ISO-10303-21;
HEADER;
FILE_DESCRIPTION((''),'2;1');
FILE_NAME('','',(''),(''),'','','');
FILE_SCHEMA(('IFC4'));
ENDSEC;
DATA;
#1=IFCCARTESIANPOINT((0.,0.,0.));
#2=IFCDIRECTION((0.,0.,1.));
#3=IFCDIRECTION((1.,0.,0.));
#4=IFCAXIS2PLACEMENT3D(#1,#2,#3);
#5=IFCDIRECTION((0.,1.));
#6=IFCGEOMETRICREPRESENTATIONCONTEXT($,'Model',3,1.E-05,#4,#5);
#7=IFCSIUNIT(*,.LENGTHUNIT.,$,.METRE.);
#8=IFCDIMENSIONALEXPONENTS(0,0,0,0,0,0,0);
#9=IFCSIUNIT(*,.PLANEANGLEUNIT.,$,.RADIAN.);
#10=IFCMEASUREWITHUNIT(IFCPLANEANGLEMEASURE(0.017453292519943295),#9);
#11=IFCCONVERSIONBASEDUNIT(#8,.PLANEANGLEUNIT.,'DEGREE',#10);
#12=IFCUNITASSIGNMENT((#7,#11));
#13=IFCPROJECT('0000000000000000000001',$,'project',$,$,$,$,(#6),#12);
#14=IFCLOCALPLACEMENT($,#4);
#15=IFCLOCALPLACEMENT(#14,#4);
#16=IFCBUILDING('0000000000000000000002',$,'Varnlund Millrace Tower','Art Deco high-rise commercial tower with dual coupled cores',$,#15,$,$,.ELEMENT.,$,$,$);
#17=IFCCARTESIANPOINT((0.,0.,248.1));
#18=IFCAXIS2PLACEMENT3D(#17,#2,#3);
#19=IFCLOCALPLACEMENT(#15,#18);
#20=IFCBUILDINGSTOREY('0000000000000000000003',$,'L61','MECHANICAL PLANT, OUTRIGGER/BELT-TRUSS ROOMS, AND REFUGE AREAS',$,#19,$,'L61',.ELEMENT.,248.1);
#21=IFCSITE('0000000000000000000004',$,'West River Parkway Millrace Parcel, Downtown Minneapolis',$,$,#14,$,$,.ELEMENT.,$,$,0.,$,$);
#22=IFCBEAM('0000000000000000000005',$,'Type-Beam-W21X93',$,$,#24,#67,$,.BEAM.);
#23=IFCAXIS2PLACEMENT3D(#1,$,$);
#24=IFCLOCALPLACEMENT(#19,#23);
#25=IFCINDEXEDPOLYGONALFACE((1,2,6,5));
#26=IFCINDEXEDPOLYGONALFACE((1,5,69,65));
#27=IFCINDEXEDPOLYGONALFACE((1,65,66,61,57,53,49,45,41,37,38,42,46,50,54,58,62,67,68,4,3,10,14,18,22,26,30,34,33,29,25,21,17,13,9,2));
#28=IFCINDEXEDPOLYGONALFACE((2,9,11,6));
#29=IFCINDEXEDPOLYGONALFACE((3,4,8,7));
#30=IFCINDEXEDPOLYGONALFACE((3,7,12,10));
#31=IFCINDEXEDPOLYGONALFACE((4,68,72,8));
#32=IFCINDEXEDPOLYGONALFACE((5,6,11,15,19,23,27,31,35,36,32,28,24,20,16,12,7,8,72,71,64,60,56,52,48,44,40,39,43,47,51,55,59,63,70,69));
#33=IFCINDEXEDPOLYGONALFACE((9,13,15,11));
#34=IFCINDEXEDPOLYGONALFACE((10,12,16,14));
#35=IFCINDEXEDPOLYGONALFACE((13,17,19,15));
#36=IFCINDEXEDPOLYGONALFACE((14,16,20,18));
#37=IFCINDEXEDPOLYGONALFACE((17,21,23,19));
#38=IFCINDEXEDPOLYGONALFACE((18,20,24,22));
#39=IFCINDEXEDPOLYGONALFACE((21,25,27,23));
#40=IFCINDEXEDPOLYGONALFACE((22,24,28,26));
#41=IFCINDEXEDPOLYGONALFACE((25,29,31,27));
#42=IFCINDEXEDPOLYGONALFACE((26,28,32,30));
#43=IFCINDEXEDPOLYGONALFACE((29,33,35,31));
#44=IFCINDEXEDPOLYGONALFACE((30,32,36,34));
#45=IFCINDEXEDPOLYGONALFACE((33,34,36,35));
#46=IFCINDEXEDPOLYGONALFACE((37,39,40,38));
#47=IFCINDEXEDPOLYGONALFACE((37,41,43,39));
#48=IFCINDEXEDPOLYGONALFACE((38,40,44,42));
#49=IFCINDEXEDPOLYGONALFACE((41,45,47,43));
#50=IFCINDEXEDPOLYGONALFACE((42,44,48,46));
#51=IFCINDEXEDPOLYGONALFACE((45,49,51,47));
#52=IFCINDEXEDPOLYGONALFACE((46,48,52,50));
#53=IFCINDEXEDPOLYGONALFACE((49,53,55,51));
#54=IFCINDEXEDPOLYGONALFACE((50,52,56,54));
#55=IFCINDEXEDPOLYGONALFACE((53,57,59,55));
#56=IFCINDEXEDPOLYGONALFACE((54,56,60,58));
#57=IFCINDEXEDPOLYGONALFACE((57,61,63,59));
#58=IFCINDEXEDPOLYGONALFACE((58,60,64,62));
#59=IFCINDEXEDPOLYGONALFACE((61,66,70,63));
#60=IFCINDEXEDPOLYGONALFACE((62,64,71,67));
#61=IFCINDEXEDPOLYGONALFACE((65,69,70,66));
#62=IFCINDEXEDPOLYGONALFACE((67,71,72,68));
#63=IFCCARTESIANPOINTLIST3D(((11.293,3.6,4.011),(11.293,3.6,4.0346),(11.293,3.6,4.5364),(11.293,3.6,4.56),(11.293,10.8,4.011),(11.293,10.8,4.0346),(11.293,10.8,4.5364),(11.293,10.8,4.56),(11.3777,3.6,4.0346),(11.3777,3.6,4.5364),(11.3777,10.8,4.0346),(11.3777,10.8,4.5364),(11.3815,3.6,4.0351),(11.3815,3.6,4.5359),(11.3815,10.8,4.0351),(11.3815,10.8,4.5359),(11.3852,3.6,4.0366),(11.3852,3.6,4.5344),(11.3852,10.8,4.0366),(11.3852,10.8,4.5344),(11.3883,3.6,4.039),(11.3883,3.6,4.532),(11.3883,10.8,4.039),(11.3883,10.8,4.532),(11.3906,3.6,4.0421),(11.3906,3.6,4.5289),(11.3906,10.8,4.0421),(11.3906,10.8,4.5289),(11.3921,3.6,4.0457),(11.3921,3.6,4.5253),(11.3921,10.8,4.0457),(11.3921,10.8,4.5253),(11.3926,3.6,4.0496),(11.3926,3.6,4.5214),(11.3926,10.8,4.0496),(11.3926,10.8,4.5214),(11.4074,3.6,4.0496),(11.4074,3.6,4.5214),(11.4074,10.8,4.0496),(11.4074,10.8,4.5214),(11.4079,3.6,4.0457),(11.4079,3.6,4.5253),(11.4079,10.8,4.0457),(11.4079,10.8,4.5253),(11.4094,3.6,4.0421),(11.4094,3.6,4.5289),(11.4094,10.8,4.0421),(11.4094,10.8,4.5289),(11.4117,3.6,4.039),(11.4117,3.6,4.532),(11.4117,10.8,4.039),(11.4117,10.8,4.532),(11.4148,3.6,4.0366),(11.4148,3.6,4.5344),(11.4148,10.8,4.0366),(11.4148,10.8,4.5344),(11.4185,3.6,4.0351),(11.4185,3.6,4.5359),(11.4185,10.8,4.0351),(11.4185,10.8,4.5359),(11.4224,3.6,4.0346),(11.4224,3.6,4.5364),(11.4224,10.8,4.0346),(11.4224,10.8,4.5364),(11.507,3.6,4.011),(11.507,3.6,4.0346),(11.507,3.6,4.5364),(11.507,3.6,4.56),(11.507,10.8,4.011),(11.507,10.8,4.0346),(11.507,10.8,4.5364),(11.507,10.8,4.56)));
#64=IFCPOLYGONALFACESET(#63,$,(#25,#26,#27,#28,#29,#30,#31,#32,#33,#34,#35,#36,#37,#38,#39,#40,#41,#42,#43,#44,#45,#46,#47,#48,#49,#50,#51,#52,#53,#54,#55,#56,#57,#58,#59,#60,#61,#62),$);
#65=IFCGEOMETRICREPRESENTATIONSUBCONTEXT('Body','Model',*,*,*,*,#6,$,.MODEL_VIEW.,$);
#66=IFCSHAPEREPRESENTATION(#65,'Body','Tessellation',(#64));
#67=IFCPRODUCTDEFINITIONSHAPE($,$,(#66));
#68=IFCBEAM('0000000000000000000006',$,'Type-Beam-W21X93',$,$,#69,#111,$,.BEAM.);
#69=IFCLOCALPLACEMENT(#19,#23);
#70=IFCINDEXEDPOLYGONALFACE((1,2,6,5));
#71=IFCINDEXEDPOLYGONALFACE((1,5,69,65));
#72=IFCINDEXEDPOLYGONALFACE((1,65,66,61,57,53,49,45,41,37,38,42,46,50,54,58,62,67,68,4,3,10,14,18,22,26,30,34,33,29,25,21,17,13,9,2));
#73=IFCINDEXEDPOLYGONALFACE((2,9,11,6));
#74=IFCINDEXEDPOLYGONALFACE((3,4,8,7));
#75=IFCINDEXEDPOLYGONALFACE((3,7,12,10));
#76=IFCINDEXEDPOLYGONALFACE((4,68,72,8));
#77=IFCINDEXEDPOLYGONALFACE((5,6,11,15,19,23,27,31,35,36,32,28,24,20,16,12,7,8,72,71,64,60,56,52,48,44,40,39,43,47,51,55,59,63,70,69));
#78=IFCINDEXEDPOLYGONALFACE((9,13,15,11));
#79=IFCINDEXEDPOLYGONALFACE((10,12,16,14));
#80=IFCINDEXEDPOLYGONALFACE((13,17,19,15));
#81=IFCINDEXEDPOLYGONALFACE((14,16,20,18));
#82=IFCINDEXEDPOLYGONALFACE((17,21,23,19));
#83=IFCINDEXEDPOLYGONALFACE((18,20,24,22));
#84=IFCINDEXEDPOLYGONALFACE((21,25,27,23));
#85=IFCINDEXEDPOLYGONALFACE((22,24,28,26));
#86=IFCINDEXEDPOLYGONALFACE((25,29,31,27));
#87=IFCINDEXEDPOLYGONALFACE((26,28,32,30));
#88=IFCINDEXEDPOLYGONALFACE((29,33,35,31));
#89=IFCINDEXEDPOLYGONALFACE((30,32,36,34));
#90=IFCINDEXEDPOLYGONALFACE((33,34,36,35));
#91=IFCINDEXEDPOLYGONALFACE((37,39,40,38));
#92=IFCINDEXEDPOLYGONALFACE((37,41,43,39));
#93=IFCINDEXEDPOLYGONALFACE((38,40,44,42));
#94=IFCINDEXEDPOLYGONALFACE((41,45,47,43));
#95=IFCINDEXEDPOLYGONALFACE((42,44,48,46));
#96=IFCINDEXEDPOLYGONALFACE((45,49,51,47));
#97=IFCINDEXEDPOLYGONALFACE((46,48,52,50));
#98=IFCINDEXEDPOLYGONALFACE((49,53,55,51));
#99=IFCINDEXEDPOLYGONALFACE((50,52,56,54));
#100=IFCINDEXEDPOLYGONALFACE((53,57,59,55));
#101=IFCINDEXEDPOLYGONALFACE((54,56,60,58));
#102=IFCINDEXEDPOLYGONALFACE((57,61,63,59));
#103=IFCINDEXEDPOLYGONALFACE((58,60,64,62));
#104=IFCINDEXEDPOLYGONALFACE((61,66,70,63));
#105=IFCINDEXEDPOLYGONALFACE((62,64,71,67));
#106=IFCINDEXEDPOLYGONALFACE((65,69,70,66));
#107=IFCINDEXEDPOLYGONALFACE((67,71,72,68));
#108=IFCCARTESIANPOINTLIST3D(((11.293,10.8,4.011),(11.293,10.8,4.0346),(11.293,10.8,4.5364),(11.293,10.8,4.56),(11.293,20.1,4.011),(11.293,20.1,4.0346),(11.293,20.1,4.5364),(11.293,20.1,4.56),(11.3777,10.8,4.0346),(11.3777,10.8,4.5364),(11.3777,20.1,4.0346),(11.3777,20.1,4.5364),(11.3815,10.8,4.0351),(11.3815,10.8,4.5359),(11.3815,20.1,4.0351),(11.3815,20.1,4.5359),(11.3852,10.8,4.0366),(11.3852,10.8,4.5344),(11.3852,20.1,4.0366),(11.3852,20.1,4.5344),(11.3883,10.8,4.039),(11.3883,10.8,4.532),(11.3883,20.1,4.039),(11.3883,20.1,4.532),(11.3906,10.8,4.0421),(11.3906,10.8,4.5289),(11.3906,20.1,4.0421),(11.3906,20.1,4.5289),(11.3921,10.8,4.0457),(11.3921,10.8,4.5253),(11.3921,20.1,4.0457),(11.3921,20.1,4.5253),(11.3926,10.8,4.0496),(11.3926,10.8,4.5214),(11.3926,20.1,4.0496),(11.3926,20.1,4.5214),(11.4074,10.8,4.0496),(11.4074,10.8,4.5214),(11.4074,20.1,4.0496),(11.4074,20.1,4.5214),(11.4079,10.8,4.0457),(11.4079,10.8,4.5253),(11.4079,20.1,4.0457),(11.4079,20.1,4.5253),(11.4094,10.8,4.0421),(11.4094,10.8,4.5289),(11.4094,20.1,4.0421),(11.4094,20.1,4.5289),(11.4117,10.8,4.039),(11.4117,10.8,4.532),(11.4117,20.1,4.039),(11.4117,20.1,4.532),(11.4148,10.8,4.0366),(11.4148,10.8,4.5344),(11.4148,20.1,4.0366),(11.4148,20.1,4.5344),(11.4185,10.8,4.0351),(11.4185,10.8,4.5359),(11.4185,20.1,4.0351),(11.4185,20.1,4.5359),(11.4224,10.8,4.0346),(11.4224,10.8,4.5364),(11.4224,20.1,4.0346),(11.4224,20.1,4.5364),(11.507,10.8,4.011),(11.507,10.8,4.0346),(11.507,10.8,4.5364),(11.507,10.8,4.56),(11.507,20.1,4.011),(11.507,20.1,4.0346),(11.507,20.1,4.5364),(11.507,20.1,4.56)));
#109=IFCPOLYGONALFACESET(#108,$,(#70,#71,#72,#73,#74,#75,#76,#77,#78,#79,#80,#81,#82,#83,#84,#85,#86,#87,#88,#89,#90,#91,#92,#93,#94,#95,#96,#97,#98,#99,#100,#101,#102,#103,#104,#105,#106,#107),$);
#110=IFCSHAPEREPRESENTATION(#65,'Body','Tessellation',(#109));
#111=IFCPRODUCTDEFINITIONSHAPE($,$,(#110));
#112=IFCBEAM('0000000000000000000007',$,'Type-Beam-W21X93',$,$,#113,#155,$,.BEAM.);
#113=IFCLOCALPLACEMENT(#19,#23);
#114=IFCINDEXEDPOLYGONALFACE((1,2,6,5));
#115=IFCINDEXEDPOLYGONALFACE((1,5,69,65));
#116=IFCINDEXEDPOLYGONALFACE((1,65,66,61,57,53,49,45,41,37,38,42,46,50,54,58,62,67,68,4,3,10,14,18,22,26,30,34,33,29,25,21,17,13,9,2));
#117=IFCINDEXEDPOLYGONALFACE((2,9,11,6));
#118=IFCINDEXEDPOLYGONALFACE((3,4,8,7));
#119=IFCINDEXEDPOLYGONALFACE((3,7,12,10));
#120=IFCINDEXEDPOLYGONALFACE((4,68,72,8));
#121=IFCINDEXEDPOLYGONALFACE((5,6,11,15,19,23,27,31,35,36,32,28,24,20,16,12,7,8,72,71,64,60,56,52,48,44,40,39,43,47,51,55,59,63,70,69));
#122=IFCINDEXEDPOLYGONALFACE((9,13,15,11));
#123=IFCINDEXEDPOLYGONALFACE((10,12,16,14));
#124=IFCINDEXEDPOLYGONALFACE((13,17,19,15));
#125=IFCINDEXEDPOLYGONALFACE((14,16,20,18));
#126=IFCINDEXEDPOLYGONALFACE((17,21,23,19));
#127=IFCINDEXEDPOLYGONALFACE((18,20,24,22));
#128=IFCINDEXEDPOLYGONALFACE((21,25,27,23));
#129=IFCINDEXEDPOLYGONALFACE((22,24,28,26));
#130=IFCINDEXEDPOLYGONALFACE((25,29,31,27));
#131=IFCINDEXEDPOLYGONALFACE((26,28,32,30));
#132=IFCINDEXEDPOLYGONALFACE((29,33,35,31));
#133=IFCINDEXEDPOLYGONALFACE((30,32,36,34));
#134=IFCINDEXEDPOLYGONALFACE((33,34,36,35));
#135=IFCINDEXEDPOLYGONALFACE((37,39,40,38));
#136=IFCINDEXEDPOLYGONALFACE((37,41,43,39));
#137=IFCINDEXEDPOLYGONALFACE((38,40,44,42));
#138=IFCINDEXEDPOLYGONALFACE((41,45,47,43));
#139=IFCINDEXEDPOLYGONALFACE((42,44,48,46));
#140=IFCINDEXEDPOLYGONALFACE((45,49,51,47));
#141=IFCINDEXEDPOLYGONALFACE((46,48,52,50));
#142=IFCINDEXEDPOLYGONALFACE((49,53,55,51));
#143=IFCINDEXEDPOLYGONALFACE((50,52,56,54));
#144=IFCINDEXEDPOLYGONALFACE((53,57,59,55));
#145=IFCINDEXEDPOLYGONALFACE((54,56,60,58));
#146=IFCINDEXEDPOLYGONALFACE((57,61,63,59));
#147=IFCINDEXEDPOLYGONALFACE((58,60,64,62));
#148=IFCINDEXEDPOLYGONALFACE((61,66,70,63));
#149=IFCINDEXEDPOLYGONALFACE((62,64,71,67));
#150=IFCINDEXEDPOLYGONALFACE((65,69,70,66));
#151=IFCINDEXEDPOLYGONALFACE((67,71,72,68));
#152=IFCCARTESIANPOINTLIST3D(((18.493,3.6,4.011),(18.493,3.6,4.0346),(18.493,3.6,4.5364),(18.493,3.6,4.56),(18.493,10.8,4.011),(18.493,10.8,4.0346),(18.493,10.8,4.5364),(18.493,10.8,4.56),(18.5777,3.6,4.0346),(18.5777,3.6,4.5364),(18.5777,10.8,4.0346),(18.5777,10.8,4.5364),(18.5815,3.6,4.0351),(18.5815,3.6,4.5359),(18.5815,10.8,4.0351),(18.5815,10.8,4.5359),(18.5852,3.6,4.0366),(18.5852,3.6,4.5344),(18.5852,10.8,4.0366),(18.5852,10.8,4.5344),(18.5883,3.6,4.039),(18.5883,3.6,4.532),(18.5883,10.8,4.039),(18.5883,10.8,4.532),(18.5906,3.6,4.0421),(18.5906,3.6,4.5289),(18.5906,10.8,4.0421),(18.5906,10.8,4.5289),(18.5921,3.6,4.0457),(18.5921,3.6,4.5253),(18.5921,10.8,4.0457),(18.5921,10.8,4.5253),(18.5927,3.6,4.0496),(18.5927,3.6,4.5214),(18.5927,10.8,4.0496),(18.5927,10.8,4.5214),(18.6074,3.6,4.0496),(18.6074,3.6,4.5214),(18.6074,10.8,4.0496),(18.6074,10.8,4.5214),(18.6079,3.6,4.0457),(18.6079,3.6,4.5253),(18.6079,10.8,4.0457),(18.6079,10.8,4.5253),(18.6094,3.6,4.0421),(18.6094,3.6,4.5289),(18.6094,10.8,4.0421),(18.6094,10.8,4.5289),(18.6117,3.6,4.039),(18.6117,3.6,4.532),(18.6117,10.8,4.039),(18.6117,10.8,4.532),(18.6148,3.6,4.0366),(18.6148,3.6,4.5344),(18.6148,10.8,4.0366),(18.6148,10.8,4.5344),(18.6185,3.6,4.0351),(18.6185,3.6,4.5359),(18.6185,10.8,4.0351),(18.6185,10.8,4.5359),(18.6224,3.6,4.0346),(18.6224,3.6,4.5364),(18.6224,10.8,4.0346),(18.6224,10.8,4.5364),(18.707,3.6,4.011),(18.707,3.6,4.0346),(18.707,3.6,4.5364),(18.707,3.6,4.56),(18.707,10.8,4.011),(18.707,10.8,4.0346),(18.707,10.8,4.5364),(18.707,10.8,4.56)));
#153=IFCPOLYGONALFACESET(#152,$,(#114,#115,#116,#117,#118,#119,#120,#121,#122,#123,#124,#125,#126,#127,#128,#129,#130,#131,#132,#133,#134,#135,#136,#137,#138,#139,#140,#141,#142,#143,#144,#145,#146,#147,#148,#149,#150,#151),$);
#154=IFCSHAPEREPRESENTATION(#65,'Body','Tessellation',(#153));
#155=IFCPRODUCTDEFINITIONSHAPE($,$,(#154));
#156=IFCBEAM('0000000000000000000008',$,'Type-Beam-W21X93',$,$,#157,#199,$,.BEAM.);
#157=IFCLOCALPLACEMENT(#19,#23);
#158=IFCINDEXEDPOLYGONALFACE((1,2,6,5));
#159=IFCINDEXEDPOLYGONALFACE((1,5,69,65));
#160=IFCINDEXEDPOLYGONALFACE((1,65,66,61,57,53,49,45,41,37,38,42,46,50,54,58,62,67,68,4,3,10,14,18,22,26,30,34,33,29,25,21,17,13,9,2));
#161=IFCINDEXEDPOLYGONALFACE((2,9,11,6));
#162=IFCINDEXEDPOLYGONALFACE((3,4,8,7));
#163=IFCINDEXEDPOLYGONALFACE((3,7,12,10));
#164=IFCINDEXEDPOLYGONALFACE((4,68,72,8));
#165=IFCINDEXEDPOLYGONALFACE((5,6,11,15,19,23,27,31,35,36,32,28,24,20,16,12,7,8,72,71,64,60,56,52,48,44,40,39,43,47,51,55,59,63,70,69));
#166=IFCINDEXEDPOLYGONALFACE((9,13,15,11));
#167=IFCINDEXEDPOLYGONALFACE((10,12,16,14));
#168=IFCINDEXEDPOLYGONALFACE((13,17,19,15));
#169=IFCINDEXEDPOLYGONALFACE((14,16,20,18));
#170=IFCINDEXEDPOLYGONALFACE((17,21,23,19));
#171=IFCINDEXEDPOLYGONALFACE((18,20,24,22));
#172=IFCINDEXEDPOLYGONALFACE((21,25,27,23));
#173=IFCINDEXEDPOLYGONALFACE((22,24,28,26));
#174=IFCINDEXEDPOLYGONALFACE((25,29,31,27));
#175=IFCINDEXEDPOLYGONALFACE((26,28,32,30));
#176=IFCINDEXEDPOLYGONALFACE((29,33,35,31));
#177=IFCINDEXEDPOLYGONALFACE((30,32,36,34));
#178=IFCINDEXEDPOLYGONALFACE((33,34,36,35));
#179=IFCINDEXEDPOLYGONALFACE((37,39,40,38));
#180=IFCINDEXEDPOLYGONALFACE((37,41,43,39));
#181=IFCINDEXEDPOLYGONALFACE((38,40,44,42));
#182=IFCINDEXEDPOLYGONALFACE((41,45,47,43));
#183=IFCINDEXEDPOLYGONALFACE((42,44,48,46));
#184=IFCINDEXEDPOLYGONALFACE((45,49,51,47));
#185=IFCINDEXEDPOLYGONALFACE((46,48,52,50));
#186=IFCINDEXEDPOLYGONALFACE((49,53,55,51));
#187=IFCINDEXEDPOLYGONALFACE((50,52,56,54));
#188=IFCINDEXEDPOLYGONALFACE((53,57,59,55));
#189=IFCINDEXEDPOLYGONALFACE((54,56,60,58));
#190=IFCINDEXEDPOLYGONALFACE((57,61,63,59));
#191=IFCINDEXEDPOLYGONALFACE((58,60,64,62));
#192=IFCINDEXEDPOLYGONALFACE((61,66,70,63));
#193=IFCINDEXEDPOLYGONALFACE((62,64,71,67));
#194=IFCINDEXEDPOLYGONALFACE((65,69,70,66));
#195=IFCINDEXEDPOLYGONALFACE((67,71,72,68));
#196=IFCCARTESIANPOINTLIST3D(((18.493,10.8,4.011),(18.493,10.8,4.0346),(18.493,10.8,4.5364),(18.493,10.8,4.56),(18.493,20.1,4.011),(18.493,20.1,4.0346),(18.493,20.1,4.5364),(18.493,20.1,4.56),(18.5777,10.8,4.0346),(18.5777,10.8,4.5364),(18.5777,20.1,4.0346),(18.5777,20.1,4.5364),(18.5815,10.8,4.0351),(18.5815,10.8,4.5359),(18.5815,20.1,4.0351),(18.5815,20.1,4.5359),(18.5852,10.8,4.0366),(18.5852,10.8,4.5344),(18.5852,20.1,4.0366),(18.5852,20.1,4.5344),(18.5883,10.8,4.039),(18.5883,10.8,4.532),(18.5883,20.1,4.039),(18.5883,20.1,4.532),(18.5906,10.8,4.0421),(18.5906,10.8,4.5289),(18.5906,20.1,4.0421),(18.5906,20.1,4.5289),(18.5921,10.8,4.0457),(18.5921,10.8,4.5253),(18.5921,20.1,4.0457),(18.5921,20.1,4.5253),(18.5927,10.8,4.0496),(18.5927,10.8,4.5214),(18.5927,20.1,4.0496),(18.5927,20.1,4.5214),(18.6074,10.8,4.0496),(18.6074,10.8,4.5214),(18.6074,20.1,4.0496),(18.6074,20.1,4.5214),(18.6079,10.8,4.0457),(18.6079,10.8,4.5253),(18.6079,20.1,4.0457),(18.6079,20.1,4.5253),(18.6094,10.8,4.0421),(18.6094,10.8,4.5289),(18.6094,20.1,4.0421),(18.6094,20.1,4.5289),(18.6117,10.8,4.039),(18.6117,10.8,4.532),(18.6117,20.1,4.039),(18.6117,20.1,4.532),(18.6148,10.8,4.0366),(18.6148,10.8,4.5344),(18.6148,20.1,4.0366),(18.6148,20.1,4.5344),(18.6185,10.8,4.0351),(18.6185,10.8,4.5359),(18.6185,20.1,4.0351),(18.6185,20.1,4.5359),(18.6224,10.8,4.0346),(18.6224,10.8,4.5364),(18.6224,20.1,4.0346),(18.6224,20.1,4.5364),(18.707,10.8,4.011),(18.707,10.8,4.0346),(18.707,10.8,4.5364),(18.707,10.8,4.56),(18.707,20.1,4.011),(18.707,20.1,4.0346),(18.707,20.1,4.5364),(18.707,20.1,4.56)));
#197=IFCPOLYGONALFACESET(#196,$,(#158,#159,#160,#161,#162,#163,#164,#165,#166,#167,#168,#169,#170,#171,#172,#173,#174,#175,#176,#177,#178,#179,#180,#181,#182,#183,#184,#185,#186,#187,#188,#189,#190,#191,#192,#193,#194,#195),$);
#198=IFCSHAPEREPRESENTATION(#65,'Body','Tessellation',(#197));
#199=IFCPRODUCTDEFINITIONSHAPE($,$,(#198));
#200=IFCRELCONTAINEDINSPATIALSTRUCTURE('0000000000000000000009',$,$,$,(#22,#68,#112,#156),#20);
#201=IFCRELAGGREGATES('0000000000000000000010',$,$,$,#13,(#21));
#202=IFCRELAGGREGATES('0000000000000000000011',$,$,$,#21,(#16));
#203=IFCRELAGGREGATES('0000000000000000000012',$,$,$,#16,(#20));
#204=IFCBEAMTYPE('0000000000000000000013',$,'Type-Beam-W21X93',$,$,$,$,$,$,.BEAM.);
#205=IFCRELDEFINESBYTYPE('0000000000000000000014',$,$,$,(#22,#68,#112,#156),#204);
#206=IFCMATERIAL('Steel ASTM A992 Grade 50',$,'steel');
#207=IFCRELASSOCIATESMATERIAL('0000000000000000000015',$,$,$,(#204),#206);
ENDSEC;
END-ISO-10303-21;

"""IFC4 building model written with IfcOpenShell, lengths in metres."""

from ifc_helpers import new_model, entity, si_unit, converted_unit, direction, frame, origin_with_axes, origin_2d_with_axis, place, context, subcontext, project, spatial, i_section, extrude, material, material_profile, profile_set, type_object, element, save


model = new_model("IFC4")

# Units and contexts
model_context = context("Model", 3, precision=1e-05, world=origin_with_axes(), true_north=direction((0.0, 1.0)))
body_context = subcontext(model_context, "Body", "Model", "MODEL_VIEW")
ifc_project = project(units=[si_unit("LENGTHUNIT", "METRE"), converted_unit("PLANEANGLEUNIT", "DEGREE", entity("IfcPlaneAngleMeasure", 0.017453292519943295), si_unit("PLANEANGLEUNIT", "RADIAN"), dimensions=[0, 0, 0, 0, 0, 0, 0])], contexts=[model_context])

# Site, building, storey
site_placement = place(None, origin_with_axes())
site = spatial("IfcSite", under=ifc_project, at=site_placement, Name="West River Parkway Millrace Parcel, Downtown Minneapolis", CompositionType="ELEMENT", RefElevation=0.0)
building_placement = place(site_placement, origin_with_axes())
building = spatial("IfcBuilding", under=site, at=building_placement, Name="Varnlund Millrace Tower", Description="Art Deco high-rise commercial tower with dual coupled cores", CompositionType="ELEMENT")
storey_placement = place(building_placement, frame((0.0, 0.0, 248.1), z_axis=(0.0, 0.0, 1.0), x_axis=(1.0, 0.0, 0.0)))
storey = spatial("IfcBuildingStorey", under=building, at=storey_placement, Name="L61", Description="MECHANICAL PLANT, OUTRIGGER/BELT-TRUSS ROOMS, AND REFUGE AREAS", LongName="L61", CompositionType="ELEMENT", Elevation=248.1)

# Beams
ifc_material_1 = material(Name="Steel ASTM A992 Grade 50", Category="steel")
ifc_material_profile_1 = material_profile(ifc_material_1, i_section(OverallWidth=0.214, OverallDepth=0.549, WebThickness=0.0147, FlangeThickness=0.0236, FilletRadius=0.015, at=origin_2d_with_axis()), Name="Steel ASTM A992 Grade 50")
ifc_profile_set_1 = profile_set([ifc_material_profile_1], Name="Steel ASTM A992 Grade 50")
beam_type_1 = type_object("IfcBeamType", Name="Type-Beam-W21X93", PredefinedType="BEAM", material=ifc_profile_set_1)
beam_1_placement = place(storey_placement, frame((11.4, 3.6, 4.2855), z_axis=(0.0, 1.0, 0.0), x_axis=(-1.0, 0.0, 0.0)))
element("IfcBeam", 1, at=beam_1_placement, inside=storey, type_object=beam_type_1, Name="Type-Beam-W21X93", PredefinedType="BEAM", context=body_context, shape_type="SweptSolid", body=[
    extrude(i_section(OverallWidth=0.214, OverallDepth=0.549, WebThickness=0.0147, FlangeThickness=0.0236, FilletRadius=0.015, at=origin_2d_with_axis()), origin_with_axes(), (0.0, 0.0, 1.0), 7.2),
])
beam_2_placement = place(storey_placement, frame((11.4, 10.8, 4.2855), z_axis=(0.0, 1.0, 0.0), x_axis=(-1.0, 0.0, 0.0)))
element("IfcBeam", 2, at=beam_2_placement, inside=storey, type_object=beam_type_1, Name="Type-Beam-W21X93", PredefinedType="BEAM", context=body_context, shape_type="SweptSolid", body=[
    extrude(i_section(OverallWidth=0.214, OverallDepth=0.549, WebThickness=0.0147, FlangeThickness=0.0236, FilletRadius=0.015, at=origin_2d_with_axis()), origin_with_axes(), (0.0, 0.0, 1.0), 9.3),
])
beam_3_placement = place(storey_placement, frame((18.6, 3.6, 4.2855), z_axis=(0.0, 1.0, 0.0), x_axis=(-1.0, 0.0, 0.0)))
element("IfcBeam", 3, at=beam_3_placement, inside=storey, type_object=beam_type_1, Name="Type-Beam-W21X93", PredefinedType="BEAM", context=body_context, shape_type="SweptSolid", body=[
    extrude(i_section(OverallWidth=0.214, OverallDepth=0.549, WebThickness=0.0147, FlangeThickness=0.0236, FilletRadius=0.015, at=origin_2d_with_axis()), origin_with_axes(), (0.0, 0.0, 1.0), 7.2),
])
beam_4_placement = place(storey_placement, frame((18.6, 10.8, 4.2855), z_axis=(0.0, 1.0, 0.0), x_axis=(-1.0, 0.0, 0.0)))
element("IfcBeam", 4, at=beam_4_placement, inside=storey, type_object=beam_type_1, Name="Type-Beam-W21X93", PredefinedType="BEAM", context=body_context, shape_type="SweptSolid", body=[
    extrude(i_section(OverallWidth=0.214, OverallDepth=0.549, WebThickness=0.0147, FlangeThickness=0.0236, FilletRadius=0.015, at=origin_2d_with_axis()), origin_with_axes(), (0.0, 0.0, 1.0), 9.3),
])

save(model, "model.ifc")
